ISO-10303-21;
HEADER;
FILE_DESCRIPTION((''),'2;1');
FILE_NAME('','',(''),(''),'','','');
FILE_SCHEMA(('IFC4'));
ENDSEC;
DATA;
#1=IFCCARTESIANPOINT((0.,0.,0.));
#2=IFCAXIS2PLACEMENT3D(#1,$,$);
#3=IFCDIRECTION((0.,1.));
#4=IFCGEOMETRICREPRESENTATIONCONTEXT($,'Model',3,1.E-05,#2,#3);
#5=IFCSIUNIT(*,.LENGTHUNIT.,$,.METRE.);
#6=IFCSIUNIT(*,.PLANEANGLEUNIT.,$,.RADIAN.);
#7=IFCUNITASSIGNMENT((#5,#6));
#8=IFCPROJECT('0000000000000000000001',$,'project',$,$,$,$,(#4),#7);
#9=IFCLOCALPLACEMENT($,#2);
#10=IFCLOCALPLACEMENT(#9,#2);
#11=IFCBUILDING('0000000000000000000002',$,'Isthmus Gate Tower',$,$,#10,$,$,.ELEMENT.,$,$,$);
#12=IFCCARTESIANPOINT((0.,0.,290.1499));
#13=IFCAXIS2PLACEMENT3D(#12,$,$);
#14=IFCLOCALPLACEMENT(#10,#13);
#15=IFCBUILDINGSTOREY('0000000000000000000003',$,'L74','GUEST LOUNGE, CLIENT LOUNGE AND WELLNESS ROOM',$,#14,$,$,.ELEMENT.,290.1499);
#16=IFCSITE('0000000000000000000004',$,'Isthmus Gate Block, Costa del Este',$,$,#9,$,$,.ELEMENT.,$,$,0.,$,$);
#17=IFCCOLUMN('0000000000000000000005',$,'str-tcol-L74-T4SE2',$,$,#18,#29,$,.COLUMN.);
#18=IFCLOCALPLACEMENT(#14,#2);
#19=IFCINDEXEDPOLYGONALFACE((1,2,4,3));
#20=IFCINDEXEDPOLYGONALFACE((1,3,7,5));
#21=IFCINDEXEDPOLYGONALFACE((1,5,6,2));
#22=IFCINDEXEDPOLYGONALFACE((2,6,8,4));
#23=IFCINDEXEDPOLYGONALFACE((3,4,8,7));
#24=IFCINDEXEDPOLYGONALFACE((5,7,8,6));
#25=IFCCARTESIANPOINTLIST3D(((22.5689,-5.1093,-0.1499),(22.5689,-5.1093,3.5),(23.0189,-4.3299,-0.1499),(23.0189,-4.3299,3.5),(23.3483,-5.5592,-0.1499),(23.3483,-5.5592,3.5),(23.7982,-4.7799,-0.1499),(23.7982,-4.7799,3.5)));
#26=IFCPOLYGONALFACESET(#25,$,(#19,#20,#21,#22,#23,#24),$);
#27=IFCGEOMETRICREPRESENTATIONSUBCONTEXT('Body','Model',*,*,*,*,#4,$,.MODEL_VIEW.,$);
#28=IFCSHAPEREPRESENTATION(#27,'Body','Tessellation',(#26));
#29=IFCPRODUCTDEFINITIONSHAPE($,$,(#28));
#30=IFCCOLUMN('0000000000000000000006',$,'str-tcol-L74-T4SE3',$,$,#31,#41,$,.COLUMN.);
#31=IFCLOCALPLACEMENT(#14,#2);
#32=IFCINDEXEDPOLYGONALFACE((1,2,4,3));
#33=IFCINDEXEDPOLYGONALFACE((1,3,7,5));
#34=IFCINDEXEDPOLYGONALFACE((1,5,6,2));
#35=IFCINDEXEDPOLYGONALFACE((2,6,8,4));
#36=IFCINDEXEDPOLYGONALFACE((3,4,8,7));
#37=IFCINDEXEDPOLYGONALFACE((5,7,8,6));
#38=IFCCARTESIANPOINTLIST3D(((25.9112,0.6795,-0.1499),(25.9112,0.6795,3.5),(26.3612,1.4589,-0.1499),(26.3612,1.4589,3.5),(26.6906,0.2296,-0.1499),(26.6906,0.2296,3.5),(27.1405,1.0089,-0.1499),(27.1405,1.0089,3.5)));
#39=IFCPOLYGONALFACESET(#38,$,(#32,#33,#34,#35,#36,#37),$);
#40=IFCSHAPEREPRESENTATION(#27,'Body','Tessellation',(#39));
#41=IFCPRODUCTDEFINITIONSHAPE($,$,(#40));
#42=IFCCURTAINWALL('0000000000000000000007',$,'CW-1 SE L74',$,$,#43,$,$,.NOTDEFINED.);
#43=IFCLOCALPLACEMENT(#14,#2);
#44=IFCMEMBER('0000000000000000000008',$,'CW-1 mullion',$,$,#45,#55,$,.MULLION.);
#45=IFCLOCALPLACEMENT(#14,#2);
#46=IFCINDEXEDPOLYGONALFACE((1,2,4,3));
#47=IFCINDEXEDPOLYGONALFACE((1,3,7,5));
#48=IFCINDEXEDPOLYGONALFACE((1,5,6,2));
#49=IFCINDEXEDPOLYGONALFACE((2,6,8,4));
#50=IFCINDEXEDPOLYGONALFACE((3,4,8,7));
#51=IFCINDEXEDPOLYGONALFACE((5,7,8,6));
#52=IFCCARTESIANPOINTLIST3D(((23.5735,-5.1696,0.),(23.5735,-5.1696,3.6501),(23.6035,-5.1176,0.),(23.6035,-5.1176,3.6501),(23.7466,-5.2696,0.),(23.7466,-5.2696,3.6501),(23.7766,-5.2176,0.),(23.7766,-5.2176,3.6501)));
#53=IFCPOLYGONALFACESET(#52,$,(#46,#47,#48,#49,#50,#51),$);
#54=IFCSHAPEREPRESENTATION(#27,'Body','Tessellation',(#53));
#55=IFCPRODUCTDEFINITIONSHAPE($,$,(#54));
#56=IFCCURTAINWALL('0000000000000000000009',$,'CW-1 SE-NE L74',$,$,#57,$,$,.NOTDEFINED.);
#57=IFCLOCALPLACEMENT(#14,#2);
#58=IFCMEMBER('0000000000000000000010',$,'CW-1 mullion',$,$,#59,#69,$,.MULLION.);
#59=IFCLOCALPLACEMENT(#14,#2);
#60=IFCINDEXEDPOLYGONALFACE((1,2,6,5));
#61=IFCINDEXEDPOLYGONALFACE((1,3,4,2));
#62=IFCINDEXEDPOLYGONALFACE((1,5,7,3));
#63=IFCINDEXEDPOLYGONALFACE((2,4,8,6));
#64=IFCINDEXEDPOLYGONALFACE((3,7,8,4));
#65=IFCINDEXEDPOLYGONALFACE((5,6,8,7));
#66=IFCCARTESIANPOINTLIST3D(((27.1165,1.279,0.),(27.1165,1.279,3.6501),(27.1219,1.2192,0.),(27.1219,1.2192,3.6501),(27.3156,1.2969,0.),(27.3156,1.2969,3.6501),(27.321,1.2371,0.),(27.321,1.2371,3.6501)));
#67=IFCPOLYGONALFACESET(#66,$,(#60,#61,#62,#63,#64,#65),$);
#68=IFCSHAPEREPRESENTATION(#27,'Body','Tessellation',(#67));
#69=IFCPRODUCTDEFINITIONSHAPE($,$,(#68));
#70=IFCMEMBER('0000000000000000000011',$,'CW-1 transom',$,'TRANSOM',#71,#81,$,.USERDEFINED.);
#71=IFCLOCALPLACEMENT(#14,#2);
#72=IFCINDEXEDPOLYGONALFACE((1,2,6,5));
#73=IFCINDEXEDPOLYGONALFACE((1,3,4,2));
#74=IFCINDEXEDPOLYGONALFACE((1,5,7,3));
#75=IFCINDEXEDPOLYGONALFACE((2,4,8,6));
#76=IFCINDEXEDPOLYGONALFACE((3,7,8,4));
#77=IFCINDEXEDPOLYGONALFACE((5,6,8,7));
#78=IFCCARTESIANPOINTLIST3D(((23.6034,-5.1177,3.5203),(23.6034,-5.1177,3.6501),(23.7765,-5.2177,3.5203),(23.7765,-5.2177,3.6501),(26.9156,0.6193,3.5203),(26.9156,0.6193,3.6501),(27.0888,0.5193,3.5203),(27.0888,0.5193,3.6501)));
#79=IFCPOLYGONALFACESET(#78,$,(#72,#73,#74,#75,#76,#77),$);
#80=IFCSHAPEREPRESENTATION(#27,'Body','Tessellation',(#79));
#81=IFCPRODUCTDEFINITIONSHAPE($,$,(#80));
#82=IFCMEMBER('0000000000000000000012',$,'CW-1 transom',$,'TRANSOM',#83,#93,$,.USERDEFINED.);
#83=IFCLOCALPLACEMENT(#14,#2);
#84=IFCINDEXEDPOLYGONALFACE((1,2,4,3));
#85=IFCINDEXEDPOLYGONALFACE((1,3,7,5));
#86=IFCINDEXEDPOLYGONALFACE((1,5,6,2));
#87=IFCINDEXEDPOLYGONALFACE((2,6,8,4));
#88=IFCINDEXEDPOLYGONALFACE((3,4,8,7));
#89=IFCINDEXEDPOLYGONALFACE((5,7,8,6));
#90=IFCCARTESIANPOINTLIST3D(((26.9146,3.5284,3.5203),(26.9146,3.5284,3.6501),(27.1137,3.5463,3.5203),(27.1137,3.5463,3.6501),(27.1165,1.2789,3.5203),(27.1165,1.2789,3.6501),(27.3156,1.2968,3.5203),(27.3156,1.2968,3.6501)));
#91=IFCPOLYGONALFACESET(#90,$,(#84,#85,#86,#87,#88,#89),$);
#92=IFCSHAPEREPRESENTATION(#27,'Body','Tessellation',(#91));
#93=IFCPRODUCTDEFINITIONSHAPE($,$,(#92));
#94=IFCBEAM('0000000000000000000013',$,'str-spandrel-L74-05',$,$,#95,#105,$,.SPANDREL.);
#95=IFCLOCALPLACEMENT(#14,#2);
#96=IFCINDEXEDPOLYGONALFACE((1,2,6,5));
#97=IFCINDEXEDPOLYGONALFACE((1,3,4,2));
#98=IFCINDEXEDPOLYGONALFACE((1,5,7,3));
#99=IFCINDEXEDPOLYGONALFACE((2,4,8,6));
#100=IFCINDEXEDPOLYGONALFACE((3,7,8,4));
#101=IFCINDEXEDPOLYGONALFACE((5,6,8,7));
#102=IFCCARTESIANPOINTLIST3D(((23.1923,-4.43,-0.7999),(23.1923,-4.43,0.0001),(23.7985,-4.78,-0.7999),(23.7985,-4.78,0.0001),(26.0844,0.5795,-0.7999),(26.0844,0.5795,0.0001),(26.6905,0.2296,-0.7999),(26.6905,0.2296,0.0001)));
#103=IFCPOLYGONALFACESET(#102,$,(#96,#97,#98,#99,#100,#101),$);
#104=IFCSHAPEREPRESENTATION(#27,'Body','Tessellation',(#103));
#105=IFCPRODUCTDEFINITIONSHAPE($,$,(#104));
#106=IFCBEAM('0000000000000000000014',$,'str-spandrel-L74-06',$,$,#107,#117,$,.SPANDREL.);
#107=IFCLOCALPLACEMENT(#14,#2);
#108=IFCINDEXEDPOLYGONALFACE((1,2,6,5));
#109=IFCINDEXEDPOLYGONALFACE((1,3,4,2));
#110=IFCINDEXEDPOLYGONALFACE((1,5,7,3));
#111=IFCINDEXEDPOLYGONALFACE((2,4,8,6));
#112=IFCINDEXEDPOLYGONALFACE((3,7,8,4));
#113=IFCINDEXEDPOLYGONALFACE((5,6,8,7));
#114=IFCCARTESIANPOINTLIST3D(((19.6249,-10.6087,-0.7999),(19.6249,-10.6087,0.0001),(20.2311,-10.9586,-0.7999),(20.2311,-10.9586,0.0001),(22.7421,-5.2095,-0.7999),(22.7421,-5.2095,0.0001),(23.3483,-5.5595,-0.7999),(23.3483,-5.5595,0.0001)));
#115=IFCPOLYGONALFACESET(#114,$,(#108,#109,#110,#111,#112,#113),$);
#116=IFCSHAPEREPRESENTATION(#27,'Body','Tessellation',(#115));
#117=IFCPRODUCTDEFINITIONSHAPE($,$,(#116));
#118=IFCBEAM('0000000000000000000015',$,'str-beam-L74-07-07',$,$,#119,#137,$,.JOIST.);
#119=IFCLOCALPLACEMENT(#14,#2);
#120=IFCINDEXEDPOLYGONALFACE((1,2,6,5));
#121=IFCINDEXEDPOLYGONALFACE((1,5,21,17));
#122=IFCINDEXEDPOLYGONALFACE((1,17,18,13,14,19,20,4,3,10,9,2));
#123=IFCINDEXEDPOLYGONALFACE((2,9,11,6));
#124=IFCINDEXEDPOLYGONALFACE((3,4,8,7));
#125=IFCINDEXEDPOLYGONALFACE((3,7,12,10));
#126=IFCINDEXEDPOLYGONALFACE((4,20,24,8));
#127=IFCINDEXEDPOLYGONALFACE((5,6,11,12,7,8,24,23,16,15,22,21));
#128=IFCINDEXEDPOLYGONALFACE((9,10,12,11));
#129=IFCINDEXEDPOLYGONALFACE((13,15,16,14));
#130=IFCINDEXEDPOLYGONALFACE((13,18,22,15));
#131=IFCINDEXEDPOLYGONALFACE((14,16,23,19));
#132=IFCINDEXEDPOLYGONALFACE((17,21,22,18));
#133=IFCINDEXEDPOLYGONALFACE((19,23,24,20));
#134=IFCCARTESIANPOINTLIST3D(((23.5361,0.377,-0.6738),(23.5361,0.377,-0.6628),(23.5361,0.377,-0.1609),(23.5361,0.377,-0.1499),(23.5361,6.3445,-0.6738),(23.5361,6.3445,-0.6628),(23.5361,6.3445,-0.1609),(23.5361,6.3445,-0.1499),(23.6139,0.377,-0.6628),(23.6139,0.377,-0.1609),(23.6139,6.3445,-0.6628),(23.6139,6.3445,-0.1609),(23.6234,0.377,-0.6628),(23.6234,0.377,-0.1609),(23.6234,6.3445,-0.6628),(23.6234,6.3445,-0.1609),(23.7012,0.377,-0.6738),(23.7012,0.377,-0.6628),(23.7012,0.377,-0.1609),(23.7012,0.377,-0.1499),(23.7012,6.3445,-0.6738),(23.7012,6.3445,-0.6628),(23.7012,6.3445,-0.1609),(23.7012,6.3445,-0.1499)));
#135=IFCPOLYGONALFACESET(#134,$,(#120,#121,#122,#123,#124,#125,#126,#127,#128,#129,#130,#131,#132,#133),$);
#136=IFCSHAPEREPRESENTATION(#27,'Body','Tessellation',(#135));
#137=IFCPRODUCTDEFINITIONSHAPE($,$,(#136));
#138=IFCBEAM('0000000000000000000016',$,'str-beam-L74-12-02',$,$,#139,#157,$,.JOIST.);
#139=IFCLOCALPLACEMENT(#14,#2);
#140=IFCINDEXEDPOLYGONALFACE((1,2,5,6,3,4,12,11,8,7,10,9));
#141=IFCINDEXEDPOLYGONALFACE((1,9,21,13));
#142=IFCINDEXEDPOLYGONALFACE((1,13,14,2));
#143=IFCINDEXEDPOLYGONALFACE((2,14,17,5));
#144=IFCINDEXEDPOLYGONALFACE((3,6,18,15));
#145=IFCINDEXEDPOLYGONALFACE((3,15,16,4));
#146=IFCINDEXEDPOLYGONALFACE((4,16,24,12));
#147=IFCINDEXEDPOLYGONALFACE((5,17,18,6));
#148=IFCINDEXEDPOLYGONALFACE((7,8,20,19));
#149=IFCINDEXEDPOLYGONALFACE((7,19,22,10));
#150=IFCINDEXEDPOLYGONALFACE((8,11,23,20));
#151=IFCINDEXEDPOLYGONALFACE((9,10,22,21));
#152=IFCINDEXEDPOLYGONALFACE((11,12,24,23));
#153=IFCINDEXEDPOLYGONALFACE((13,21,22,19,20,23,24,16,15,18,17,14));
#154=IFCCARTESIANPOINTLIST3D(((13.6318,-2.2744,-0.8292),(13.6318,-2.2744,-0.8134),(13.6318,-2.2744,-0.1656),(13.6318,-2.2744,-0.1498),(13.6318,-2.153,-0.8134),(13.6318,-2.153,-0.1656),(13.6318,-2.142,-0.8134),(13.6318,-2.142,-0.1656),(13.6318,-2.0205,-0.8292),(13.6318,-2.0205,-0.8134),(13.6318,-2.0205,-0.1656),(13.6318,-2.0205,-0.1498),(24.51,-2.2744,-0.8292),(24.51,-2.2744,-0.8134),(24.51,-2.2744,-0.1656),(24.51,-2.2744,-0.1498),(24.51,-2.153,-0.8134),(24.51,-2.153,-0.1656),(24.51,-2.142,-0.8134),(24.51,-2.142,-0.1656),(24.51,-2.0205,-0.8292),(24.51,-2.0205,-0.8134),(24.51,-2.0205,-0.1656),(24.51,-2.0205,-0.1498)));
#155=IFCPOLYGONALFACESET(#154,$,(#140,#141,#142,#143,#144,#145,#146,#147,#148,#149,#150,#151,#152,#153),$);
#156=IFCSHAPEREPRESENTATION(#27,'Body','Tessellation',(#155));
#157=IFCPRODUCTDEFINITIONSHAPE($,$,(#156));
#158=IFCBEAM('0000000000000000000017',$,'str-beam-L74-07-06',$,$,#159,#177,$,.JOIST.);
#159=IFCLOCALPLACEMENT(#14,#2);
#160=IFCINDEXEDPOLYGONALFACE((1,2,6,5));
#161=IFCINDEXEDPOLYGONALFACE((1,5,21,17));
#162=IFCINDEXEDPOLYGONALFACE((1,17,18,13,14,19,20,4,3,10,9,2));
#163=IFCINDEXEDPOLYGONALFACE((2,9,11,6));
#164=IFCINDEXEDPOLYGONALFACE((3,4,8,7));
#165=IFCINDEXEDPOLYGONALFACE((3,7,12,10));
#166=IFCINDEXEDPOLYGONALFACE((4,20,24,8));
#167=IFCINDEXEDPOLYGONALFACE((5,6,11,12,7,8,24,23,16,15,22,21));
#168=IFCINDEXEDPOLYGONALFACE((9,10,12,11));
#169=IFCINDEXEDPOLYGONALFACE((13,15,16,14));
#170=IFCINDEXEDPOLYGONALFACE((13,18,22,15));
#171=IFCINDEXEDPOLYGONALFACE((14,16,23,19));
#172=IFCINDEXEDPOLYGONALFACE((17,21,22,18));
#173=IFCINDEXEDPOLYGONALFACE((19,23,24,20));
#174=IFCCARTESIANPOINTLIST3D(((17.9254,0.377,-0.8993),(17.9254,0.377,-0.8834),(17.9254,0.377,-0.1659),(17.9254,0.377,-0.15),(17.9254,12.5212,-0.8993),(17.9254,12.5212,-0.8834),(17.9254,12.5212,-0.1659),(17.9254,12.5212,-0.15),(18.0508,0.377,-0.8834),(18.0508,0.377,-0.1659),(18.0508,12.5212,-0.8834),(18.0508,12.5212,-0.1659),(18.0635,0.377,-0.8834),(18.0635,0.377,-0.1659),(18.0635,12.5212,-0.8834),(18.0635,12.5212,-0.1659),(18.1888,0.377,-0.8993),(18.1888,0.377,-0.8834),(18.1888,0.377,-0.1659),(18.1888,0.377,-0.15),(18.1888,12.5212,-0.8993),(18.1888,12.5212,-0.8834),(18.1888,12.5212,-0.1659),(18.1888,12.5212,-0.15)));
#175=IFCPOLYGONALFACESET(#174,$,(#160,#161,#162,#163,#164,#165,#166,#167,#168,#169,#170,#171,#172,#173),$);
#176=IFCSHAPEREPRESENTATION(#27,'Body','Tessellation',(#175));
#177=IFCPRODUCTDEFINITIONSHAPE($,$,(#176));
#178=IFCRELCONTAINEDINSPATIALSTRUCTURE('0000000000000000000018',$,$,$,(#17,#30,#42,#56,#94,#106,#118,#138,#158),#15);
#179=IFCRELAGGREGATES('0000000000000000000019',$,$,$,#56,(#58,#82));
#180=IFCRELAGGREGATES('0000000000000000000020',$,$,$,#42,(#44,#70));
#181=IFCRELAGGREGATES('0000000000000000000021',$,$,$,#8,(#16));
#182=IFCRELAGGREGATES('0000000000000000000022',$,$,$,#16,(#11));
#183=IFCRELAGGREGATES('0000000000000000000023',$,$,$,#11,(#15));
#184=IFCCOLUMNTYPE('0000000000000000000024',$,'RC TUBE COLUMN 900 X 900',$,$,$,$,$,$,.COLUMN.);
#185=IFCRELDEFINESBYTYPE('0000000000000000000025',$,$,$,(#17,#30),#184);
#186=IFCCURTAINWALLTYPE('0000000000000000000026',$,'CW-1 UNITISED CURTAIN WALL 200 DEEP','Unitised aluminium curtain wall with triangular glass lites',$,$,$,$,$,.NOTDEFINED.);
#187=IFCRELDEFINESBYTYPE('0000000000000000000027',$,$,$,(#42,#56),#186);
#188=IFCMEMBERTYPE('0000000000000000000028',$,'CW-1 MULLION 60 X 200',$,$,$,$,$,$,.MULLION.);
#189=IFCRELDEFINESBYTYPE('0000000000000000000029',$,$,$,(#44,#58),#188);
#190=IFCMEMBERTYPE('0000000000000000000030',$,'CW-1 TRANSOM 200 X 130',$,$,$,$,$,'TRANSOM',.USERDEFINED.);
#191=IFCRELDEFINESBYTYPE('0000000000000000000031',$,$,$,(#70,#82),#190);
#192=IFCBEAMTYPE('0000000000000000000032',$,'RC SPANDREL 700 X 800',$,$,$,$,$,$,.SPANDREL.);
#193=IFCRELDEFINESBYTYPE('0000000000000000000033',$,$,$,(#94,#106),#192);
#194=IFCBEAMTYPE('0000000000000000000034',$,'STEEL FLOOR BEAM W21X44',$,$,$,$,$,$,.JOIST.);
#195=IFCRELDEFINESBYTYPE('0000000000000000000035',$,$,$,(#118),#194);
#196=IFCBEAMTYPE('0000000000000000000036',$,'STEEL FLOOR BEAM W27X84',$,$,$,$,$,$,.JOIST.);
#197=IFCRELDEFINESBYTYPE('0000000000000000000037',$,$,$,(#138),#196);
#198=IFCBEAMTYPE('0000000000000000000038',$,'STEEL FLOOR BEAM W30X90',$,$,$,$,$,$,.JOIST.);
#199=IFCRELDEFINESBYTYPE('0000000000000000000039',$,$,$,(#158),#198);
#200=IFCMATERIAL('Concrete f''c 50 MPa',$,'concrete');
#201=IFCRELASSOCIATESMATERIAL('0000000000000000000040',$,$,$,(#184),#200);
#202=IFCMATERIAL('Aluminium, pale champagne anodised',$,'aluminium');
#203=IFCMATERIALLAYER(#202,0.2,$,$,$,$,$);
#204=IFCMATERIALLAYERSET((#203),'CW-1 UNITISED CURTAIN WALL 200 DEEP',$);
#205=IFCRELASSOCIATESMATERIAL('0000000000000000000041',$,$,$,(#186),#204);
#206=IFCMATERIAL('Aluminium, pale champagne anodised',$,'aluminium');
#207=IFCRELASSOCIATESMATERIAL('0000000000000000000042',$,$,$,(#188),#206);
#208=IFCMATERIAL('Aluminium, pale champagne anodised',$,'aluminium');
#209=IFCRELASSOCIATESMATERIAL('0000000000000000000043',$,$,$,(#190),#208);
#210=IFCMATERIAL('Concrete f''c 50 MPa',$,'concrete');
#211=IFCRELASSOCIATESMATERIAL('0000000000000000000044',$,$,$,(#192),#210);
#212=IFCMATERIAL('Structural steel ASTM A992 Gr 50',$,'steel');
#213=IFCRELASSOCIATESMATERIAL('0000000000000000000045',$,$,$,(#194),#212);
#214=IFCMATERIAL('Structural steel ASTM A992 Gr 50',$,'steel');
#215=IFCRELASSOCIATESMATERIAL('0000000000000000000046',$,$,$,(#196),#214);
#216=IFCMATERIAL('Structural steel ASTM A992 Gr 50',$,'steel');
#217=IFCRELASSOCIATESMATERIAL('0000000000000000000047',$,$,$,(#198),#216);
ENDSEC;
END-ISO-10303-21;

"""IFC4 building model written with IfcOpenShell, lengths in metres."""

from ifc_helpers import new_model, si_unit, direction, frame, origin, origin_2d, place, context, subcontext, project, spatial, rectangle, i_section, extrude, material, layer, layer_set, material_profile, profile_set, type_object, element, aggregate, save


model = new_model("IFC4")

# Units and contexts
model_context = context("Model", 3, precision=1e-05, world=origin(), true_north=direction((0.0, 1.0)))
body_context = subcontext(model_context, "Body", "Model", "MODEL_VIEW")
ifc_project = project(units=[si_unit("LENGTHUNIT", "METRE"), si_unit("PLANEANGLEUNIT", "RADIAN")], contexts=[model_context])

# Site, building, storey
site_placement = place(None, origin())
site = spatial("IfcSite", under=ifc_project, at=site_placement, Name="Isthmus Gate Block, Costa del Este", CompositionType="ELEMENT", RefElevation=0.0)
building_placement = place(site_placement, origin())
building = spatial("IfcBuilding", under=site, at=building_placement, Name="Isthmus Gate Tower", CompositionType="ELEMENT")
storey_placement = place(building_placement, frame((0.0, 0.0, 290.1499)))
storey = spatial("IfcBuildingStorey", under=building, at=storey_placement, Name="L74", Description="GUEST LOUNGE, CLIENT LOUNGE AND WELLNESS ROOM", CompositionType="ELEMENT", Elevation=290.1499)

# Columns
ifc_material_1 = material(Name="Concrete f'c 50 MPa", Category="concrete")
ifc_material_profile_1 = material_profile(ifc_material_1, rectangle(XDim=0.8999, YDim=0.8999, at=origin_2d()), Name="RC 900X900")
ifc_profile_set_1 = profile_set([ifc_material_profile_1], Name="Concrete f'c 50 MPa")
column_type = type_object("IfcColumnType", Name="RC TUBE COLUMN 900 X 900", PredefinedType="COLUMN", material=ifc_profile_set_1)
for number, where, z_axis, x_axis, name in (
    (1, (23.1836, -4.9446, -0.1499), (0.0, 0.0, 1.0), (0.5, 0.866025, 0.0), "str-tcol-L74-T4SE2"),
    (2, (26.5259, 0.8442, -0.1499), (0.0, 0.0, 1.0), (0.5, 0.866025, 0.0), "str-tcol-L74-T4SE3"),
):
    element("IfcColumn", number, at=place(storey_placement, frame(where, z_axis=z_axis, x_axis=x_axis)), inside=storey, type_object=column_type, Name=name, PredefinedType="COLUMN", context=body_context, shape_type="SweptSolid", body=[
        extrude(rectangle(XDim=0.8999, YDim=0.8999, at=origin_2d()), origin(), (0.0, 0.0, 1.0), 3.6499),
    ])

# Curtain walls, members
ifc_material_2 = material(Name="Aluminium, pale champagne anodised", Category="aluminium")
ifc_layer_1 = layer(ifc_material_2, 0.2)
ifc_layer_set_1 = layer_set([ifc_layer_1], Name="CW-1 UNITISED CURTAIN WALL 200 DEEP")
curtain_wall_type = type_object("IfcCurtainWallType", Name="CW-1 UNITISED CURTAIN WALL 200 DEEP", Description="Unitised aluminium curtain wall with triangular glass lites", PredefinedType="NOTDEFINED", material=ifc_layer_set_1)
curtain_wall_1_placement = place(storey_placement, origin())
curtain_wall_1 = element("IfcCurtainWall", 3, at=curtain_wall_1_placement, inside=storey, type_object=curtain_wall_type, Name="CW-1 SE L74", PredefinedType="NOTDEFINED")
ifc_material_3 = material(Name="Aluminium, pale champagne anodised", Category="aluminium")
ifc_material_profile_2 = material_profile(ifc_material_3, rectangle(XDim=0.0601, YDim=0.2, at=origin_2d()), Name="60x200")
ifc_profile_set_2 = profile_set([ifc_material_profile_2], Name="Aluminium, pale champagne anodised")
member_type_1 = type_object("IfcMemberType", Name="CW-1 MULLION 60 X 200", PredefinedType="MULLION", material=ifc_profile_set_2)
member_1_placement = place(storey_placement, frame((23.675, -5.1936, 0.0), z_axis=(0.0, 0.0, 1.0), x_axis=(0.5, 0.866025, 0.0)))
member_1 = element("IfcMember", 4, at=member_1_placement, type_object=member_type_1, Name="CW-1 mullion", PredefinedType="MULLION", context=body_context, shape_type="SweptSolid", body=[
    extrude(rectangle(XDim=0.0601, YDim=0.2, at=origin_2d()), origin(), (0.0, 0.0, 1.0), 3.6501),
])
curtain_wall_2_placement = place(storey_placement, origin())
curtain_wall_2 = element("IfcCurtainWall", 5, at=curtain_wall_2_placement, inside=storey, type_object=curtain_wall_type, Name="CW-1 SE-NE L74", PredefinedType="NOTDEFINED")
member_2_placement = place(storey_placement, frame((27.2188, 1.2581, 0.0), z_axis=(0.0, 0.0, 1.0), x_axis=(-0.089397, 0.995996, 0.0)))
member_2 = element("IfcMember", 6, at=member_2_placement, type_object=member_type_1, Name="CW-1 mullion", PredefinedType="MULLION", context=body_context, shape_type="SweptSolid", body=[
    extrude(rectangle(XDim=0.0601, YDim=0.2, at=origin_2d()), origin(), (0.0, 0.0, 1.0), 3.6501),
])

# Members
ifc_material_4 = material(Name="Aluminium, pale champagne anodised", Category="aluminium")
ifc_material_profile_3 = material_profile(ifc_material_4, rectangle(XDim=0.2, YDim=0.1299, at=origin_2d()), Name="200x130")
ifc_profile_set_3 = profile_set([ifc_material_profile_3], Name="Aluminium, pale champagne anodised")
member_type_2 = type_object("IfcMemberType", Name="CW-1 TRANSOM 200 X 130", ElementType="TRANSOM", PredefinedType="USERDEFINED", material=ifc_profile_set_3)
member_3_placement = place(storey_placement, frame((23.6899, -5.1677, 3.5852), z_axis=(0.499996, 0.866028, 0.0), x_axis=(-0.866028, 0.499996, 0.0)))
member_3 = element("IfcMember", 7, at=member_3_placement, type_object=member_type_2, Name="CW-1 transom", ObjectType="TRANSOM", PredefinedType="USERDEFINED", context=body_context, shape_type="SweptSolid", body=[
    extrude(rectangle(XDim=0.2, YDim=0.1299, at=origin_2d()), origin(), (0.0, 0.0, 1.0), 6.6245),
])
member_4_placement = place(storey_placement, frame((27.2161, 1.2878, 3.5852), z_axis=(-0.089395, 0.995996, 0.0), x_axis=(-0.995996, -0.089395, 0.0)))
member_4 = element("IfcMember", 8, at=member_4_placement, type_object=member_type_2, Name="CW-1 transom", ObjectType="TRANSOM", PredefinedType="USERDEFINED", context=body_context, shape_type="SweptSolid", body=[
    extrude(rectangle(XDim=0.2, YDim=0.1299, at=origin_2d()), origin(), (0.0, 0.0, 1.0), 2.2585),
])
aggregate(curtain_wall_2, [member_2, member_4])

# Beams
ifc_material_5 = material(Name="Concrete f'c 50 MPa", Category="concrete")
ifc_material_profile_4 = material_profile(ifc_material_5, rectangle(XDim=0.7, YDim=0.8, at=origin_2d()), Name="RC 700X800")
ifc_profile_set_4 = profile_set([ifc_material_profile_4], Name="Concrete f'c 50 MPa")
beam_type_1 = type_object("IfcBeamType", Name="RC SPANDREL 700 X 800", PredefinedType="SPANDREL", material=ifc_profile_set_4)
beam_1_placement = place(storey_placement, frame((26.3875, 0.4045, -0.3999), z_axis=(-0.499979, -0.866037, 0.0), x_axis=(0.866037, -0.499979, 0.0)))
element("IfcBeam", 9, at=beam_1_placement, inside=storey, type_object=beam_type_1, Name="str-spandrel-L74-05", PredefinedType="SPANDREL", context=body_context, shape_type="SweptSolid", body=[
    extrude(rectangle(XDim=0.7, YDim=0.8, at=origin_2d()), origin(), (0.0, 0.0, 1.0), 5.7844),
])
beam_2_placement = place(storey_placement, frame((23.0452, -5.3845, -0.3999), z_axis=(-0.499997, -0.866027, 0.0), x_axis=(0.866027, -0.499997, 0.0)))
element("IfcBeam", 10, at=beam_2_placement, inside=storey, type_object=beam_type_1, Name="str-spandrel-L74-06", PredefinedType="SPANDREL", context=body_context, shape_type="SweptSolid", body=[
    extrude(rectangle(XDim=0.7, YDim=0.8, at=origin_2d()), origin(), (0.0, 0.0, 1.0), 6.2344),
])
ifc_material_6 = material(Name="Structural steel ASTM A992 Gr 50", Category="steel")
ifc_material_profile_5 = material_profile(ifc_material_6, i_section(OverallWidth=0.165, OverallDepth=0.5239, WebThickness=0.0095, FlangeThickness=0.011, at=origin_2d()), Name="W21X44")
ifc_profile_set_5 = profile_set([ifc_material_profile_5], Name="Structural steel ASTM A992 Gr 50")
beam_type_2 = type_object("IfcBeamType", Name="STEEL FLOOR BEAM W21X44", PredefinedType="JOIST", material=ifc_profile_set_5)
beam_3_placement = place(storey_placement, frame((23.6187, 0.377, -0.4119), z_axis=(0.0, 1.0, 0.0), x_axis=(-1.0, 0.0, 0.0)))
element("IfcBeam", 11, at=beam_3_placement, inside=storey, type_object=beam_type_2, Name="str-beam-L74-07-07", PredefinedType="JOIST", context=body_context, shape_type="SweptSolid", body=[
    extrude(i_section(OverallWidth=0.165, OverallDepth=0.5239, WebThickness=0.0095, FlangeThickness=0.011, at=origin_2d()), origin(), (0.0, 0.0, 1.0), 5.9675),
])
ifc_material_7 = material(Name="Structural steel ASTM A992 Gr 50", Category="steel")
ifc_material_profile_6 = material_profile(ifc_material_7, i_section(OverallWidth=0.2539, OverallDepth=0.6794, WebThickness=0.011, FlangeThickness=0.0159, at=origin_2d()), Name="W27X84")
ifc_profile_set_6 = profile_set([ifc_material_profile_6], Name="Structural steel ASTM A992 Gr 50")
beam_type_3 = type_object("IfcBeamType", Name="STEEL FLOOR BEAM W27X84", PredefinedType="JOIST", material=ifc_profile_set_6)
beam_4_placement = place(storey_placement, frame((13.6318, -2.1475, -0.4895), z_axis=(1.0, 0.0, 0.0), x_axis=(0.0, 1.0, 0.0)))
element("IfcBeam", 12, at=beam_4_placement, inside=storey, type_object=beam_type_3, Name="str-beam-L74-12-02", PredefinedType="JOIST", context=body_context, shape_type="SweptSolid", body=[
    extrude(i_section(OverallWidth=0.2539, OverallDepth=0.6794, WebThickness=0.011, FlangeThickness=0.0159, at=origin_2d()), origin(), (0.0, 0.0, 1.0), 10.8782),
])
ifc_material_8 = material(Name="Structural steel ASTM A992 Gr 50", Category="steel")
ifc_material_profile_7 = material_profile(ifc_material_8, i_section(OverallWidth=0.2634, OverallDepth=0.7493, WebThickness=0.0127, FlangeThickness=0.0159, at=origin_2d()), Name="W30X90")
ifc_profile_set_7 = profile_set([ifc_material_profile_7], Name="Structural steel ASTM A992 Gr 50")
beam_type_4 = type_object("IfcBeamType", Name="STEEL FLOOR BEAM W30X90", PredefinedType="JOIST", material=ifc_profile_set_7)
beam_5_placement = place(storey_placement, frame((18.0571, 0.377, -0.5247), z_axis=(0.0, 1.0, 0.0), x_axis=(-1.0, 0.0, 0.0)))
element("IfcBeam", 13, at=beam_5_placement, inside=storey, type_object=beam_type_4, Name="str-beam-L74-07-06", PredefinedType="JOIST", context=body_context, shape_type="SweptSolid", body=[
    extrude(i_section(OverallWidth=0.2634, OverallDepth=0.7493, WebThickness=0.0127, FlangeThickness=0.0159, at=origin_2d()), origin(), (0.0, 0.0, 1.0), 12.1443),
])

aggregate(curtain_wall_1, [member_1, member_3])

save(model, "model.ifc")
